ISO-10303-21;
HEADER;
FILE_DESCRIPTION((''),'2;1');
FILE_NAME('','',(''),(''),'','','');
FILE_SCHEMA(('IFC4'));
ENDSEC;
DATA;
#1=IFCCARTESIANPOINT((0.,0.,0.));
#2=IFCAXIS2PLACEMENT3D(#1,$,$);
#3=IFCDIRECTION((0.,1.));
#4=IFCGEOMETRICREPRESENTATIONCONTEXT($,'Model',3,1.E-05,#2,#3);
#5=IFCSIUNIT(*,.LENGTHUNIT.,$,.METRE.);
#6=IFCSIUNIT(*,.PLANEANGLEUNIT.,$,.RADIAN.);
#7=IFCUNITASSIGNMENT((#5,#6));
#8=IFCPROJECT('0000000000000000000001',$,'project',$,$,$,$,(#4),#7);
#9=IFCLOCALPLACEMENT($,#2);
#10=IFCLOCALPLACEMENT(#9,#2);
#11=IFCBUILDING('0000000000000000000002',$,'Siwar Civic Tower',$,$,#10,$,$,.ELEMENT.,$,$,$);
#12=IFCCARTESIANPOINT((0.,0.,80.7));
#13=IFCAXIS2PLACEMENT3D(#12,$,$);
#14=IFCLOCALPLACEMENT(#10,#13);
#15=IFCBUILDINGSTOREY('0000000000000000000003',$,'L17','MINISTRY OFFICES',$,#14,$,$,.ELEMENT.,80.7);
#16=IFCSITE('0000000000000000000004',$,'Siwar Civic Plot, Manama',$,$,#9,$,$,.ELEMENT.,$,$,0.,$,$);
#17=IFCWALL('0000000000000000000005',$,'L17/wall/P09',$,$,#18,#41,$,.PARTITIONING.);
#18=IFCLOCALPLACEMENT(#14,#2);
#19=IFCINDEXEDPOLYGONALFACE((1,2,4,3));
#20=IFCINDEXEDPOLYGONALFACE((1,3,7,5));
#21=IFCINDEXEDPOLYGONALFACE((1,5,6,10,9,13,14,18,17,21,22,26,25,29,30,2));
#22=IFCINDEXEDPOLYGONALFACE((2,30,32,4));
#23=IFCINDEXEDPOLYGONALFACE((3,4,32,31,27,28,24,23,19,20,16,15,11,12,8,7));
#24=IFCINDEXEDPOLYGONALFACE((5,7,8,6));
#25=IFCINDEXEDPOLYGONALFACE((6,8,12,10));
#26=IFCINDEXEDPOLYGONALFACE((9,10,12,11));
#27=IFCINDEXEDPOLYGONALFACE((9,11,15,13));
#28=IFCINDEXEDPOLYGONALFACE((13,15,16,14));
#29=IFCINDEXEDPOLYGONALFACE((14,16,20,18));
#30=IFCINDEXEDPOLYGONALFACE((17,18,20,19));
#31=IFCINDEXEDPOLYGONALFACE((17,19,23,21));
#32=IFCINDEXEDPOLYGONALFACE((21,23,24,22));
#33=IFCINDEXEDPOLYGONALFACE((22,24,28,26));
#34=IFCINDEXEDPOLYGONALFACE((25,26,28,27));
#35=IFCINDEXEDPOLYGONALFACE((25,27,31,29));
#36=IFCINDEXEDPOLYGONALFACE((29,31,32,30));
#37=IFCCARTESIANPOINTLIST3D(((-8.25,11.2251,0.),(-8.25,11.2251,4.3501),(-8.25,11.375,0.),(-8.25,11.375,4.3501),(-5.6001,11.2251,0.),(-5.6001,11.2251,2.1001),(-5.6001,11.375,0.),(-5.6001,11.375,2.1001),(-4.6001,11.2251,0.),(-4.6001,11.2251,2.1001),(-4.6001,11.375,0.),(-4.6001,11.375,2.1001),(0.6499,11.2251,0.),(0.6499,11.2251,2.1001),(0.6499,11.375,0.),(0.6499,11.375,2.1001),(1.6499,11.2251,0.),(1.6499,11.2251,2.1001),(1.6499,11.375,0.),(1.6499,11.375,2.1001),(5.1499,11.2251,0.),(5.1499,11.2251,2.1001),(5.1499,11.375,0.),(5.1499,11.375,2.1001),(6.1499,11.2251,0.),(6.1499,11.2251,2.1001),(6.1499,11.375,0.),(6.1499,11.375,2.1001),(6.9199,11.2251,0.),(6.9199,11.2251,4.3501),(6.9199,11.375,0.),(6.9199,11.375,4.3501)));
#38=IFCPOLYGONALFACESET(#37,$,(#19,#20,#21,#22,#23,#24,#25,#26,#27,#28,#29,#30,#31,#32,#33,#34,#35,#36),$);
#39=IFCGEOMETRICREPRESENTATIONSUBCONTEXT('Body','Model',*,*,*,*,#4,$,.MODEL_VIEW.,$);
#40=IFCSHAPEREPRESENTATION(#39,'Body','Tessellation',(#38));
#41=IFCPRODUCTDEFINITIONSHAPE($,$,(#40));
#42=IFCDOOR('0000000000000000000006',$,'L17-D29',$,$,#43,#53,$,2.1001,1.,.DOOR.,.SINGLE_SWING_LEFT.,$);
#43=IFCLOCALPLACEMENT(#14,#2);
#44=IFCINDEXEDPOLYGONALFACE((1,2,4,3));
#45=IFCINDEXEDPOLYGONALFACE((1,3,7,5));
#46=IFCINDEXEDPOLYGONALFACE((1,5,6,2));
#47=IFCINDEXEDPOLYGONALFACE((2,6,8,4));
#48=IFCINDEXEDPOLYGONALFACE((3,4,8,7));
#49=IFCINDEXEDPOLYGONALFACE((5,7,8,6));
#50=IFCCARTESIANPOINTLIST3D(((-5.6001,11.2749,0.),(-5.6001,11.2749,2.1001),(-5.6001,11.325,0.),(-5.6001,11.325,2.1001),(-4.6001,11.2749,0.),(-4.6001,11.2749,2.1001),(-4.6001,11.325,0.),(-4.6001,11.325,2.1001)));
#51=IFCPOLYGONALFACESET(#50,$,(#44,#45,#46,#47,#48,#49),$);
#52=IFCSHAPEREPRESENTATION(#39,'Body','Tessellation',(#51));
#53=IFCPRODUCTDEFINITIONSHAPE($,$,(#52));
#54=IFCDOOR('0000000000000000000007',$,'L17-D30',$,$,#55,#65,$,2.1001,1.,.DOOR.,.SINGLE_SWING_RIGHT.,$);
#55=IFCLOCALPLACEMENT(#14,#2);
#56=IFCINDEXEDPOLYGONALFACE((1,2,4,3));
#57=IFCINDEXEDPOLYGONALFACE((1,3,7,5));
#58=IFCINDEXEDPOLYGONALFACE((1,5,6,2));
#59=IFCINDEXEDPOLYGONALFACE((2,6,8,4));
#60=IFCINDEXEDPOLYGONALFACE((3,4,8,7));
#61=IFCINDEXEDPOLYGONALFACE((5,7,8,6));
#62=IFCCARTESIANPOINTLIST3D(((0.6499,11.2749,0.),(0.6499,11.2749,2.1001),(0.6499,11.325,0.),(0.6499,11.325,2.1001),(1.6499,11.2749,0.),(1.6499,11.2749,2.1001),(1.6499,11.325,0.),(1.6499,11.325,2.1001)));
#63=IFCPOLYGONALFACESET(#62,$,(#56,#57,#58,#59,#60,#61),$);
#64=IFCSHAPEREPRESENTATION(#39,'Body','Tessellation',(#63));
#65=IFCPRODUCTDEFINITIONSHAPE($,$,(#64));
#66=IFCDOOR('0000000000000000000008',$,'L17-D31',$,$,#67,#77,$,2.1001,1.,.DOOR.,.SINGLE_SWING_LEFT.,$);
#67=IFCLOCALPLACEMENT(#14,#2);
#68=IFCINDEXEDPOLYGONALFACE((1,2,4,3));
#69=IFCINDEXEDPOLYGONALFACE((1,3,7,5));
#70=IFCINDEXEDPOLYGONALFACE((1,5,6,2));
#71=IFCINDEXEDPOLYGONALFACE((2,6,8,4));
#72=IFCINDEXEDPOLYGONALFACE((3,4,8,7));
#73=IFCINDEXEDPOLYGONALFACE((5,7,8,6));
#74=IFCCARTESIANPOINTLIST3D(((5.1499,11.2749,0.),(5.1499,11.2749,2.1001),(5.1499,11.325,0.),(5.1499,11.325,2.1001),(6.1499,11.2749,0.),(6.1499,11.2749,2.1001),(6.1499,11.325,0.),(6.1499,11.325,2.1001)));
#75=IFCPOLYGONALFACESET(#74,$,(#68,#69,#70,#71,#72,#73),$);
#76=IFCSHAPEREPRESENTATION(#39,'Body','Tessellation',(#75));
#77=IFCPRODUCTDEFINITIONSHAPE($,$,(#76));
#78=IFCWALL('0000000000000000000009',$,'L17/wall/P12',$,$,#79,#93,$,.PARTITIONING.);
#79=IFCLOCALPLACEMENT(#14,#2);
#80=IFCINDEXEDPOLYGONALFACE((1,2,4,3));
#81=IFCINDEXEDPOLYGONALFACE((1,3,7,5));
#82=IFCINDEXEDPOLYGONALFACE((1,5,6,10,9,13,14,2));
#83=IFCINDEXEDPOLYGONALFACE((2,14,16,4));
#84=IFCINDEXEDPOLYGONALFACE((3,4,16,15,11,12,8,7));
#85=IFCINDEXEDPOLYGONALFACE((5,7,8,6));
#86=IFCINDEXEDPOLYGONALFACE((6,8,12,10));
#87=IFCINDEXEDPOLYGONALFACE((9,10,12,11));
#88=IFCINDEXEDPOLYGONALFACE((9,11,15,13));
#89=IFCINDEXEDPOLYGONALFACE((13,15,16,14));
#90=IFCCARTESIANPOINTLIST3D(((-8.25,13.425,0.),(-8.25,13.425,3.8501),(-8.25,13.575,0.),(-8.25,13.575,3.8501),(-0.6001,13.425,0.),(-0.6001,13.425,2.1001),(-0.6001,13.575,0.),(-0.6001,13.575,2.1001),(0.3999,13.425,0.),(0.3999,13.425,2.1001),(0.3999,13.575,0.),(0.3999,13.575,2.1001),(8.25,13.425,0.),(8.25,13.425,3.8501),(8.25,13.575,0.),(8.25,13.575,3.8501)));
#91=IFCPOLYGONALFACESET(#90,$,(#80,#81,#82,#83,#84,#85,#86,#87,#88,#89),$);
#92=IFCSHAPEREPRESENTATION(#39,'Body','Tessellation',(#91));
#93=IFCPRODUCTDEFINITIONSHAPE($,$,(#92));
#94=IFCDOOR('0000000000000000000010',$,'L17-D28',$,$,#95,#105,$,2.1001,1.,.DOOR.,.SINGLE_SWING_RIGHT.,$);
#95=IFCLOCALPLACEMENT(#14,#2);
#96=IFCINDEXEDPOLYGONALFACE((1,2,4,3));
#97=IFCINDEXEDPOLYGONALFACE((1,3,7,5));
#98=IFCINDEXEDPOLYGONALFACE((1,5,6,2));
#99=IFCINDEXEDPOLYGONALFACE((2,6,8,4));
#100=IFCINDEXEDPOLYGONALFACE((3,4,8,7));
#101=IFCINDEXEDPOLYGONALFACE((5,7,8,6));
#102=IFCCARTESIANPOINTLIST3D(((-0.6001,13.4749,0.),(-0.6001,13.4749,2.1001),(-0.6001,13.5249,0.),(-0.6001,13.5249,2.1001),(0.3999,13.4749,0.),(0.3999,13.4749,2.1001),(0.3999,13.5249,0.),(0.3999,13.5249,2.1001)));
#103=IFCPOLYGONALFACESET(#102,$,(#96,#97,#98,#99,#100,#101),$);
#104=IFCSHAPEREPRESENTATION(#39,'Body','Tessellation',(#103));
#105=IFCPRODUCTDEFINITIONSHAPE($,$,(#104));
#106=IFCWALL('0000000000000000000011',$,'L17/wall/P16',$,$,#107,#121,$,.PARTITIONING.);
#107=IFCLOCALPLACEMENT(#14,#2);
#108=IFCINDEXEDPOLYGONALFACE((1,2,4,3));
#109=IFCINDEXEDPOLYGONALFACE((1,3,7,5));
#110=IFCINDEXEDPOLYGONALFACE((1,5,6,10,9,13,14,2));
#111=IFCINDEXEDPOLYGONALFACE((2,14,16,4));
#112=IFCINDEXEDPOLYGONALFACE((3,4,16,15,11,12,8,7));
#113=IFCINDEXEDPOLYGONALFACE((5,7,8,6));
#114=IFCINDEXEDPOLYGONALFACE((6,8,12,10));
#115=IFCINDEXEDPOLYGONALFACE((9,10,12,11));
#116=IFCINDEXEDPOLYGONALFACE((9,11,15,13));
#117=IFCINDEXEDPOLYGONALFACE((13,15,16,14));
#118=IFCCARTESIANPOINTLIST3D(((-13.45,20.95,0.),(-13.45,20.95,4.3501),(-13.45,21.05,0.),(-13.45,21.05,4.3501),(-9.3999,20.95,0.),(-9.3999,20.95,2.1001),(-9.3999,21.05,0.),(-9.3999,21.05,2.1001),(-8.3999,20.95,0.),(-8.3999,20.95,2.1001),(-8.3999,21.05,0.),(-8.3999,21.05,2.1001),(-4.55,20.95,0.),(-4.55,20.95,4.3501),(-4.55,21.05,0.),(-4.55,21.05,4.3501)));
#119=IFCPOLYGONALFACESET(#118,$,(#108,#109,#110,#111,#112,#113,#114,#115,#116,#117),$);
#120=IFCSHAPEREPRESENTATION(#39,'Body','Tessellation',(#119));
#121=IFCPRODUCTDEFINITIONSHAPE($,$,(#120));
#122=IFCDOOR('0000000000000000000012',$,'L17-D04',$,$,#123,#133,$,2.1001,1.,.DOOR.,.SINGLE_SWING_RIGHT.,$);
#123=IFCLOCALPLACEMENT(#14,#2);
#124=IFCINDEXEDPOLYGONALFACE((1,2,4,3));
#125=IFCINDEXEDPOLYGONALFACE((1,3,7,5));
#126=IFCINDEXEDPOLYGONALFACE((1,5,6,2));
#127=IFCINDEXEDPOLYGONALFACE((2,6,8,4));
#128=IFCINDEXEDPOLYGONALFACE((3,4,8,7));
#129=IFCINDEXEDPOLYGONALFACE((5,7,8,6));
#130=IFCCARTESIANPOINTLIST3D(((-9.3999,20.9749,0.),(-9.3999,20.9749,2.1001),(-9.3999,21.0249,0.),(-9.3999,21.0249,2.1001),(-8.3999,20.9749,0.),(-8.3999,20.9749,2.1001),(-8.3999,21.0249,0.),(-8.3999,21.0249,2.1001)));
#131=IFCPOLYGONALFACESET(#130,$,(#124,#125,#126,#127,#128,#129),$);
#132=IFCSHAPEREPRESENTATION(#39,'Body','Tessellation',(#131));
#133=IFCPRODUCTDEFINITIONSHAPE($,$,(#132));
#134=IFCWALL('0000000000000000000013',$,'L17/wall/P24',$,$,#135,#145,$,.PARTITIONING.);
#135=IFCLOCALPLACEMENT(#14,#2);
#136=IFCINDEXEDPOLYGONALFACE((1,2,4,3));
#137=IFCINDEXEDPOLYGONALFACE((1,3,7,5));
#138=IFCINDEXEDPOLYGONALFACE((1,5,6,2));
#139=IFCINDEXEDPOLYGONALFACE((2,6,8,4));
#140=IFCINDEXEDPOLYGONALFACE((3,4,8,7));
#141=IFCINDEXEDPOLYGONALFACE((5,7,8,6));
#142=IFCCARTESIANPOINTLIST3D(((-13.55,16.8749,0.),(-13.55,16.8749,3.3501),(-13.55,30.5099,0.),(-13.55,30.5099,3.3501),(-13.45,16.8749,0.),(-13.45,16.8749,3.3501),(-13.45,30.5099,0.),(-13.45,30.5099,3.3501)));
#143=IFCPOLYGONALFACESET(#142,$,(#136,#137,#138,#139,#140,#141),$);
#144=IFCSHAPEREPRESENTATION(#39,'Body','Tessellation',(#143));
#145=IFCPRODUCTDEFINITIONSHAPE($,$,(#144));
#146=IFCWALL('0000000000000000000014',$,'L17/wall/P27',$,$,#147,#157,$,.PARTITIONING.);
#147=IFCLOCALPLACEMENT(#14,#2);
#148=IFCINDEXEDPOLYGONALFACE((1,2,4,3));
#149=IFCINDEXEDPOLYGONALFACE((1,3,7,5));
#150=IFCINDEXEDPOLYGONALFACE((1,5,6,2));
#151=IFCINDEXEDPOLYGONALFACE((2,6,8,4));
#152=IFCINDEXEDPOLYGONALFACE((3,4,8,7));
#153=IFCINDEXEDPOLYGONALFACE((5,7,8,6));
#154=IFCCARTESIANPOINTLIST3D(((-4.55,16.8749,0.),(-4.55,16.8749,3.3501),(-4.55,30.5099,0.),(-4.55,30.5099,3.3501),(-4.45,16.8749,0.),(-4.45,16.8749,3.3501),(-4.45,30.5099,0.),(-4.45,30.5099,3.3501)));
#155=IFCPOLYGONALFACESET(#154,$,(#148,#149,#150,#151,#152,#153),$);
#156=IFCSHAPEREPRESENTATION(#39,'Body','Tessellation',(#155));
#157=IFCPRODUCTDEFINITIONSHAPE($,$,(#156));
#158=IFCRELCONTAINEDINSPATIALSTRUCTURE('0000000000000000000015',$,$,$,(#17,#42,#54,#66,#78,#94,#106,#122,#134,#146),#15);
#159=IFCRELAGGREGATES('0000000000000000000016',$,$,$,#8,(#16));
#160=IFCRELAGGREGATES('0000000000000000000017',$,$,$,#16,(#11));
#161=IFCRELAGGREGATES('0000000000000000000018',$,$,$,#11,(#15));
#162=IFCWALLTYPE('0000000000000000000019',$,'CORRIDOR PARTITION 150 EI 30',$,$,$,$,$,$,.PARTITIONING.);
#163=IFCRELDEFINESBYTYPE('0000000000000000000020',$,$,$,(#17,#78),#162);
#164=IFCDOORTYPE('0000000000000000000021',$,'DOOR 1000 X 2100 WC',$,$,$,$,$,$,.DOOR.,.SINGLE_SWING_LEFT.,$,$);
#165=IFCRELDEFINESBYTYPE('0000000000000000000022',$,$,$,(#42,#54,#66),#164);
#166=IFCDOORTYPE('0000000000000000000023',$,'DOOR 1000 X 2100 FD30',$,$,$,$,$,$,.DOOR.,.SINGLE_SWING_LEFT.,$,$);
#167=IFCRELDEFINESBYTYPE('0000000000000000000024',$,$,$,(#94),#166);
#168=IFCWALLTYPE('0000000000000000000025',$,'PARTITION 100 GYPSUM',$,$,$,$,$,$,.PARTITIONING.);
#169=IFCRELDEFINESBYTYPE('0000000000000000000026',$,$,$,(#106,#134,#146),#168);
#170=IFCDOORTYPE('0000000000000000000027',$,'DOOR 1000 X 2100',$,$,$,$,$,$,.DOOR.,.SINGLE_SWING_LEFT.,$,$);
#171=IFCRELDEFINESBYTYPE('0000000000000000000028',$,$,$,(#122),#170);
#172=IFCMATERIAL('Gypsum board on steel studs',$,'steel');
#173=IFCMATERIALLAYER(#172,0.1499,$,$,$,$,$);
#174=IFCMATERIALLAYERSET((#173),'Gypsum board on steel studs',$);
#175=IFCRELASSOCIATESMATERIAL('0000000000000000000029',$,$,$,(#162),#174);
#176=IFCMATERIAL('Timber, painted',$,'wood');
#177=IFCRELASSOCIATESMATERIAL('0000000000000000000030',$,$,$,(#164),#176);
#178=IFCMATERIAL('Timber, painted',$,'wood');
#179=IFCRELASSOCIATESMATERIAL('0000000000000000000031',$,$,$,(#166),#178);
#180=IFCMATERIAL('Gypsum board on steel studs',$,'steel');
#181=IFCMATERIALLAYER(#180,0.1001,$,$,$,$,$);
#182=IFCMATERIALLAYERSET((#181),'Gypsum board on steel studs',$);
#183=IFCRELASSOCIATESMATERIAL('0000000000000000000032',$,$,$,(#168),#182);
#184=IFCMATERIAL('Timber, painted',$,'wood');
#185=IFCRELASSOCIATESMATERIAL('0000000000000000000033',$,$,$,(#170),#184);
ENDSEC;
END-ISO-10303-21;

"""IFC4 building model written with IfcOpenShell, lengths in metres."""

from ifc_helpers import new_model, si_unit, direction, frame, frame_2d, origin, place, context, subcontext, project, spatial, rectangle, extrude, material, layer, layer_set, type_object, element, fill, save


model = new_model("IFC4")

# Units and contexts
model_context = context("Model", 3, precision=1e-05, world=origin(), true_north=direction((0.0, 1.0)))
body_context = subcontext(model_context, "Body", "Model", "MODEL_VIEW")
ifc_project = project(units=[si_unit("LENGTHUNIT", "METRE"), si_unit("PLANEANGLEUNIT", "RADIAN")], contexts=[model_context])

# Site, building, storey
site_placement = place(None, origin())
site = spatial("IfcSite", under=ifc_project, at=site_placement, Name="Siwar Civic Plot, Manama", CompositionType="ELEMENT", RefElevation=0.0)
building_placement = place(site_placement, origin())
building = spatial("IfcBuilding", under=site, at=building_placement, Name="Siwar Civic Tower", CompositionType="ELEMENT")
storey_placement = place(building_placement, frame((0.0, 0.0, 80.7)))
storey = spatial("IfcBuildingStorey", under=building, at=storey_placement, Name="L17", Description="MINISTRY OFFICES", CompositionType="ELEMENT", Elevation=80.7)

# Wall, openings, doors
ifc_material_1 = material(Name="Gypsum board on steel studs", Category="steel")
ifc_layer_1 = layer(ifc_material_1, 0.1499)
ifc_layer_set_1 = layer_set([ifc_layer_1], Name="Gypsum board on steel studs")
wall_type_1 = type_object("IfcWallType", Name="CORRIDOR PARTITION 150 EI 30", PredefinedType="PARTITIONING", material=ifc_layer_set_1)
wall_1_placement = place(storey_placement, frame((-8.25, 11.3, 0.0), z_axis=(0.0, 0.0, 1.0), x_axis=(1.0, 0.0, 0.0)))
wall_1 = element("IfcWall", 1, at=wall_1_placement, inside=storey, type_object=wall_type_1, Name="L17/wall/P09", PredefinedType="PARTITIONING", context=body_context, shape_type="SweptSolid", body=[
    extrude(rectangle(XDim=15.1699, YDim=0.1499, at=frame_2d((7.585, 0.0))), origin(), (0.0, 0.0, 1.0), 4.3501),
])
opening_1_placement = place(wall_1_placement, frame((2.6499, 0.0, 0.0)))
opening_1 = element("IfcOpeningElement", 2, at=opening_1_placement, cuts=wall_1, PredefinedType="OPENING", context=body_context, shape_type="SweptSolid", body=[
    extrude(rectangle(XDim=1.0, YDim=2.1001, at=frame_2d((0.5, 1.05))), frame((0.0, 0.085, 0.0), z_axis=(0.0, -1.0, 0.0), x_axis=(1.0, 0.0, 0.0)), (0.0, 0.0, 1.0), 0.1699),
])
opening_2_placement = place(wall_1_placement, frame((8.8999, 0.0, 0.0)))
opening_2 = element("IfcOpeningElement", 3, at=opening_2_placement, cuts=wall_1, PredefinedType="OPENING", context=body_context, shape_type="SweptSolid", body=[
    extrude(rectangle(XDim=1.0, YDim=2.1001, at=frame_2d((0.5, 1.05))), frame((0.0, 0.085, 0.0), z_axis=(0.0, -1.0, 0.0), x_axis=(1.0, 0.0, 0.0)), (0.0, 0.0, 1.0), 0.1699),
])
opening_3_placement = place(wall_1_placement, frame((13.3999, 0.0, 0.0)))
opening_3 = element("IfcOpeningElement", 4, at=opening_3_placement, cuts=wall_1, PredefinedType="OPENING", context=body_context, shape_type="SweptSolid", body=[
    extrude(rectangle(XDim=1.0, YDim=2.1001, at=frame_2d((0.5, 1.05))), frame((0.0, 0.085, 0.0), z_axis=(0.0, -1.0, 0.0), x_axis=(1.0, 0.0, 0.0)), (0.0, 0.0, 1.0), 0.1699),
])
ifc_material_2 = material(Name="Timber, painted", Category="wood")
door_type_1 = type_object("IfcDoorType", Name="DOOR 1000 X 2100 WC", OperationType="SINGLE_SWING_LEFT", PredefinedType="DOOR", material=ifc_material_2)
door_1_placement = place(opening_1_placement, origin())
door_1 = element("IfcDoor", 5, at=door_1_placement, inside=storey, type_object=door_type_1, Name="L17-D29", OperationType="SINGLE_SWING_LEFT", OverallHeight=2.1001, OverallWidth=1.0, PredefinedType="DOOR", context=body_context, shape_type="SweptSolid", body=[
    extrude(rectangle(XDim=1.0, YDim=2.1001, at=frame_2d((0.5, 1.05))), frame((0.0, 0.0249, 0.0), z_axis=(0.0, -1.0, 0.0), x_axis=(1.0, 0.0, 0.0)), (0.0, 0.0, 1.0), 0.05),
])
fill(opening_1, door_1)
door_2_placement = place(opening_2_placement, origin())
door_2 = element("IfcDoor", 6, at=door_2_placement, inside=storey, type_object=door_type_1, Name="L17-D30", OperationType="SINGLE_SWING_RIGHT", OverallHeight=2.1001, OverallWidth=1.0, PredefinedType="DOOR", context=body_context, shape_type="SweptSolid", body=[
    extrude(rectangle(XDim=1.0, YDim=2.1001, at=frame_2d((0.5, 1.05))), frame((0.0, 0.0249, 0.0), z_axis=(0.0, -1.0, 0.0), x_axis=(1.0, 0.0, 0.0)), (0.0, 0.0, 1.0), 0.05),
])
fill(opening_2, door_2)
door_3_placement = place(opening_3_placement, origin())
door_3 = element("IfcDoor", 7, at=door_3_placement, inside=storey, type_object=door_type_1, Name="L17-D31", OperationType="SINGLE_SWING_LEFT", OverallHeight=2.1001, OverallWidth=1.0, PredefinedType="DOOR", context=body_context, shape_type="SweptSolid", body=[
    extrude(rectangle(XDim=1.0, YDim=2.1001, at=frame_2d((0.5, 1.05))), frame((0.0, 0.0249, 0.0), z_axis=(0.0, -1.0, 0.0), x_axis=(1.0, 0.0, 0.0)), (0.0, 0.0, 1.0), 0.05),
])
fill(opening_3, door_3)

# Walls, openings, doors
wall_2_placement = place(storey_placement, frame((-8.25, 13.5, 0.0), z_axis=(0.0, 0.0, 1.0), x_axis=(1.0, 0.0, 0.0)))
wall_2 = element("IfcWall", 8, at=wall_2_placement, inside=storey, type_object=wall_type_1, Name="L17/wall/P12", PredefinedType="PARTITIONING", context=body_context, shape_type="SweptSolid", body=[
    extrude(rectangle(XDim=16.5, YDim=0.1499, at=frame_2d((8.25, 0.0))), origin(), (0.0, 0.0, 1.0), 3.8501),
])
opening_4_placement = place(wall_2_placement, frame((7.6499, 0.0, 0.0)))
opening_4 = element("IfcOpeningElement", 9, at=opening_4_placement, cuts=wall_2, PredefinedType="OPENING", context=body_context, shape_type="SweptSolid", body=[
    extrude(rectangle(XDim=1.0, YDim=2.1001, at=frame_2d((0.5, 1.05))), frame((0.0, 0.085, 0.0), z_axis=(0.0, -1.0, 0.0), x_axis=(1.0, 0.0, 0.0)), (0.0, 0.0, 1.0), 0.1699),
])
ifc_material_3 = material(Name="Timber, painted", Category="wood")
door_type_2 = type_object("IfcDoorType", Name="DOOR 1000 X 2100 FD30", OperationType="SINGLE_SWING_LEFT", PredefinedType="DOOR", material=ifc_material_3)
door_4_placement = place(opening_4_placement, origin())
door_4 = element("IfcDoor", 10, at=door_4_placement, inside=storey, type_object=door_type_2, Name="L17-D28", OperationType="SINGLE_SWING_RIGHT", OverallHeight=2.1001, OverallWidth=1.0, PredefinedType="DOOR", context=body_context, shape_type="SweptSolid", body=[
    extrude(rectangle(XDim=1.0, YDim=2.1001, at=frame_2d((0.5, 1.05))), frame((0.0, 0.0249, 0.0), z_axis=(0.0, -1.0, 0.0), x_axis=(1.0, 0.0, 0.0)), (0.0, 0.0, 1.0), 0.05),
])
fill(opening_4, door_4)
ifc_material_4 = material(Name="Gypsum board on steel studs", Category="steel")
ifc_layer_2 = layer(ifc_material_4, 0.1001)
ifc_layer_set_2 = layer_set([ifc_layer_2], Name="Gypsum board on steel studs")
wall_type_2 = type_object("IfcWallType", Name="PARTITION 100 GYPSUM", PredefinedType="PARTITIONING", material=ifc_layer_set_2)
wall_3_placement = place(storey_placement, frame((-13.45, 21.0, 0.0), z_axis=(0.0, 0.0, 1.0), x_axis=(1.0, 0.0, 0.0)))
wall_3 = element("IfcWall", 11, at=wall_3_placement, inside=storey, type_object=wall_type_2, Name="L17/wall/P16", PredefinedType="PARTITIONING", context=body_context, shape_type="SweptSolid", body=[
    extrude(rectangle(XDim=8.8999, YDim=0.1001, at=frame_2d((4.45, 0.0))), origin(), (0.0, 0.0, 1.0), 4.3501),
])
opening_5_placement = place(wall_3_placement, frame((4.05, 0.0, 0.0)))
opening_5 = element("IfcOpeningElement", 12, at=opening_5_placement, cuts=wall_3, PredefinedType="OPENING", context=body_context, shape_type="SweptSolid", body=[
    extrude(rectangle(XDim=1.0, YDim=2.1001, at=frame_2d((0.5, 1.05))), frame((0.0, 0.0601, 0.0), z_axis=(0.0, -1.0, 0.0), x_axis=(1.0, 0.0, 0.0)), (0.0, 0.0, 1.0), 0.1201),
])
ifc_material_5 = material(Name="Timber, painted", Category="wood")
door_type_3 = type_object("IfcDoorType", Name="DOOR 1000 X 2100", OperationType="SINGLE_SWING_LEFT", PredefinedType="DOOR", material=ifc_material_5)
door_5_placement = place(opening_5_placement, origin())
door_5 = element("IfcDoor", 13, at=door_5_placement, inside=storey, type_object=door_type_3, Name="L17-D04", OperationType="SINGLE_SWING_RIGHT", OverallHeight=2.1001, OverallWidth=1.0, PredefinedType="DOOR", context=body_context, shape_type="SweptSolid", body=[
    extrude(rectangle(XDim=1.0, YDim=2.1001, at=frame_2d((0.5, 1.05))), frame((0.0, 0.0249, 0.0), z_axis=(0.0, -1.0, 0.0), x_axis=(1.0, 0.0, 0.0)), (0.0, 0.0, 1.0), 0.05),
])
fill(opening_5, door_5)

# Walls
for number, where, z_axis, x_axis, name in (
    (14, (-13.5, 16.875, 0.0), (0.0, 0.0, 1.0), (0.0, 1.0, 0.0), "L17/wall/P24"),
    (15, (-4.5, 16.875, 0.0), (0.0, 0.0, 1.0), (0.0, 1.0, 0.0), "L17/wall/P27"),
):
    element("IfcWall", number, at=place(storey_placement, frame(where, z_axis=z_axis, x_axis=x_axis)), inside=storey, type_object=wall_type_2, Name=name, PredefinedType="PARTITIONING", context=body_context, shape_type="SweptSolid", body=[
        extrude(rectangle(XDim=13.635, YDim=0.1001, at=frame_2d((6.8174, 0.0))), origin(), (0.0, 0.0, 1.0), 3.3501),
    ])

save(model, "model.ifc")
